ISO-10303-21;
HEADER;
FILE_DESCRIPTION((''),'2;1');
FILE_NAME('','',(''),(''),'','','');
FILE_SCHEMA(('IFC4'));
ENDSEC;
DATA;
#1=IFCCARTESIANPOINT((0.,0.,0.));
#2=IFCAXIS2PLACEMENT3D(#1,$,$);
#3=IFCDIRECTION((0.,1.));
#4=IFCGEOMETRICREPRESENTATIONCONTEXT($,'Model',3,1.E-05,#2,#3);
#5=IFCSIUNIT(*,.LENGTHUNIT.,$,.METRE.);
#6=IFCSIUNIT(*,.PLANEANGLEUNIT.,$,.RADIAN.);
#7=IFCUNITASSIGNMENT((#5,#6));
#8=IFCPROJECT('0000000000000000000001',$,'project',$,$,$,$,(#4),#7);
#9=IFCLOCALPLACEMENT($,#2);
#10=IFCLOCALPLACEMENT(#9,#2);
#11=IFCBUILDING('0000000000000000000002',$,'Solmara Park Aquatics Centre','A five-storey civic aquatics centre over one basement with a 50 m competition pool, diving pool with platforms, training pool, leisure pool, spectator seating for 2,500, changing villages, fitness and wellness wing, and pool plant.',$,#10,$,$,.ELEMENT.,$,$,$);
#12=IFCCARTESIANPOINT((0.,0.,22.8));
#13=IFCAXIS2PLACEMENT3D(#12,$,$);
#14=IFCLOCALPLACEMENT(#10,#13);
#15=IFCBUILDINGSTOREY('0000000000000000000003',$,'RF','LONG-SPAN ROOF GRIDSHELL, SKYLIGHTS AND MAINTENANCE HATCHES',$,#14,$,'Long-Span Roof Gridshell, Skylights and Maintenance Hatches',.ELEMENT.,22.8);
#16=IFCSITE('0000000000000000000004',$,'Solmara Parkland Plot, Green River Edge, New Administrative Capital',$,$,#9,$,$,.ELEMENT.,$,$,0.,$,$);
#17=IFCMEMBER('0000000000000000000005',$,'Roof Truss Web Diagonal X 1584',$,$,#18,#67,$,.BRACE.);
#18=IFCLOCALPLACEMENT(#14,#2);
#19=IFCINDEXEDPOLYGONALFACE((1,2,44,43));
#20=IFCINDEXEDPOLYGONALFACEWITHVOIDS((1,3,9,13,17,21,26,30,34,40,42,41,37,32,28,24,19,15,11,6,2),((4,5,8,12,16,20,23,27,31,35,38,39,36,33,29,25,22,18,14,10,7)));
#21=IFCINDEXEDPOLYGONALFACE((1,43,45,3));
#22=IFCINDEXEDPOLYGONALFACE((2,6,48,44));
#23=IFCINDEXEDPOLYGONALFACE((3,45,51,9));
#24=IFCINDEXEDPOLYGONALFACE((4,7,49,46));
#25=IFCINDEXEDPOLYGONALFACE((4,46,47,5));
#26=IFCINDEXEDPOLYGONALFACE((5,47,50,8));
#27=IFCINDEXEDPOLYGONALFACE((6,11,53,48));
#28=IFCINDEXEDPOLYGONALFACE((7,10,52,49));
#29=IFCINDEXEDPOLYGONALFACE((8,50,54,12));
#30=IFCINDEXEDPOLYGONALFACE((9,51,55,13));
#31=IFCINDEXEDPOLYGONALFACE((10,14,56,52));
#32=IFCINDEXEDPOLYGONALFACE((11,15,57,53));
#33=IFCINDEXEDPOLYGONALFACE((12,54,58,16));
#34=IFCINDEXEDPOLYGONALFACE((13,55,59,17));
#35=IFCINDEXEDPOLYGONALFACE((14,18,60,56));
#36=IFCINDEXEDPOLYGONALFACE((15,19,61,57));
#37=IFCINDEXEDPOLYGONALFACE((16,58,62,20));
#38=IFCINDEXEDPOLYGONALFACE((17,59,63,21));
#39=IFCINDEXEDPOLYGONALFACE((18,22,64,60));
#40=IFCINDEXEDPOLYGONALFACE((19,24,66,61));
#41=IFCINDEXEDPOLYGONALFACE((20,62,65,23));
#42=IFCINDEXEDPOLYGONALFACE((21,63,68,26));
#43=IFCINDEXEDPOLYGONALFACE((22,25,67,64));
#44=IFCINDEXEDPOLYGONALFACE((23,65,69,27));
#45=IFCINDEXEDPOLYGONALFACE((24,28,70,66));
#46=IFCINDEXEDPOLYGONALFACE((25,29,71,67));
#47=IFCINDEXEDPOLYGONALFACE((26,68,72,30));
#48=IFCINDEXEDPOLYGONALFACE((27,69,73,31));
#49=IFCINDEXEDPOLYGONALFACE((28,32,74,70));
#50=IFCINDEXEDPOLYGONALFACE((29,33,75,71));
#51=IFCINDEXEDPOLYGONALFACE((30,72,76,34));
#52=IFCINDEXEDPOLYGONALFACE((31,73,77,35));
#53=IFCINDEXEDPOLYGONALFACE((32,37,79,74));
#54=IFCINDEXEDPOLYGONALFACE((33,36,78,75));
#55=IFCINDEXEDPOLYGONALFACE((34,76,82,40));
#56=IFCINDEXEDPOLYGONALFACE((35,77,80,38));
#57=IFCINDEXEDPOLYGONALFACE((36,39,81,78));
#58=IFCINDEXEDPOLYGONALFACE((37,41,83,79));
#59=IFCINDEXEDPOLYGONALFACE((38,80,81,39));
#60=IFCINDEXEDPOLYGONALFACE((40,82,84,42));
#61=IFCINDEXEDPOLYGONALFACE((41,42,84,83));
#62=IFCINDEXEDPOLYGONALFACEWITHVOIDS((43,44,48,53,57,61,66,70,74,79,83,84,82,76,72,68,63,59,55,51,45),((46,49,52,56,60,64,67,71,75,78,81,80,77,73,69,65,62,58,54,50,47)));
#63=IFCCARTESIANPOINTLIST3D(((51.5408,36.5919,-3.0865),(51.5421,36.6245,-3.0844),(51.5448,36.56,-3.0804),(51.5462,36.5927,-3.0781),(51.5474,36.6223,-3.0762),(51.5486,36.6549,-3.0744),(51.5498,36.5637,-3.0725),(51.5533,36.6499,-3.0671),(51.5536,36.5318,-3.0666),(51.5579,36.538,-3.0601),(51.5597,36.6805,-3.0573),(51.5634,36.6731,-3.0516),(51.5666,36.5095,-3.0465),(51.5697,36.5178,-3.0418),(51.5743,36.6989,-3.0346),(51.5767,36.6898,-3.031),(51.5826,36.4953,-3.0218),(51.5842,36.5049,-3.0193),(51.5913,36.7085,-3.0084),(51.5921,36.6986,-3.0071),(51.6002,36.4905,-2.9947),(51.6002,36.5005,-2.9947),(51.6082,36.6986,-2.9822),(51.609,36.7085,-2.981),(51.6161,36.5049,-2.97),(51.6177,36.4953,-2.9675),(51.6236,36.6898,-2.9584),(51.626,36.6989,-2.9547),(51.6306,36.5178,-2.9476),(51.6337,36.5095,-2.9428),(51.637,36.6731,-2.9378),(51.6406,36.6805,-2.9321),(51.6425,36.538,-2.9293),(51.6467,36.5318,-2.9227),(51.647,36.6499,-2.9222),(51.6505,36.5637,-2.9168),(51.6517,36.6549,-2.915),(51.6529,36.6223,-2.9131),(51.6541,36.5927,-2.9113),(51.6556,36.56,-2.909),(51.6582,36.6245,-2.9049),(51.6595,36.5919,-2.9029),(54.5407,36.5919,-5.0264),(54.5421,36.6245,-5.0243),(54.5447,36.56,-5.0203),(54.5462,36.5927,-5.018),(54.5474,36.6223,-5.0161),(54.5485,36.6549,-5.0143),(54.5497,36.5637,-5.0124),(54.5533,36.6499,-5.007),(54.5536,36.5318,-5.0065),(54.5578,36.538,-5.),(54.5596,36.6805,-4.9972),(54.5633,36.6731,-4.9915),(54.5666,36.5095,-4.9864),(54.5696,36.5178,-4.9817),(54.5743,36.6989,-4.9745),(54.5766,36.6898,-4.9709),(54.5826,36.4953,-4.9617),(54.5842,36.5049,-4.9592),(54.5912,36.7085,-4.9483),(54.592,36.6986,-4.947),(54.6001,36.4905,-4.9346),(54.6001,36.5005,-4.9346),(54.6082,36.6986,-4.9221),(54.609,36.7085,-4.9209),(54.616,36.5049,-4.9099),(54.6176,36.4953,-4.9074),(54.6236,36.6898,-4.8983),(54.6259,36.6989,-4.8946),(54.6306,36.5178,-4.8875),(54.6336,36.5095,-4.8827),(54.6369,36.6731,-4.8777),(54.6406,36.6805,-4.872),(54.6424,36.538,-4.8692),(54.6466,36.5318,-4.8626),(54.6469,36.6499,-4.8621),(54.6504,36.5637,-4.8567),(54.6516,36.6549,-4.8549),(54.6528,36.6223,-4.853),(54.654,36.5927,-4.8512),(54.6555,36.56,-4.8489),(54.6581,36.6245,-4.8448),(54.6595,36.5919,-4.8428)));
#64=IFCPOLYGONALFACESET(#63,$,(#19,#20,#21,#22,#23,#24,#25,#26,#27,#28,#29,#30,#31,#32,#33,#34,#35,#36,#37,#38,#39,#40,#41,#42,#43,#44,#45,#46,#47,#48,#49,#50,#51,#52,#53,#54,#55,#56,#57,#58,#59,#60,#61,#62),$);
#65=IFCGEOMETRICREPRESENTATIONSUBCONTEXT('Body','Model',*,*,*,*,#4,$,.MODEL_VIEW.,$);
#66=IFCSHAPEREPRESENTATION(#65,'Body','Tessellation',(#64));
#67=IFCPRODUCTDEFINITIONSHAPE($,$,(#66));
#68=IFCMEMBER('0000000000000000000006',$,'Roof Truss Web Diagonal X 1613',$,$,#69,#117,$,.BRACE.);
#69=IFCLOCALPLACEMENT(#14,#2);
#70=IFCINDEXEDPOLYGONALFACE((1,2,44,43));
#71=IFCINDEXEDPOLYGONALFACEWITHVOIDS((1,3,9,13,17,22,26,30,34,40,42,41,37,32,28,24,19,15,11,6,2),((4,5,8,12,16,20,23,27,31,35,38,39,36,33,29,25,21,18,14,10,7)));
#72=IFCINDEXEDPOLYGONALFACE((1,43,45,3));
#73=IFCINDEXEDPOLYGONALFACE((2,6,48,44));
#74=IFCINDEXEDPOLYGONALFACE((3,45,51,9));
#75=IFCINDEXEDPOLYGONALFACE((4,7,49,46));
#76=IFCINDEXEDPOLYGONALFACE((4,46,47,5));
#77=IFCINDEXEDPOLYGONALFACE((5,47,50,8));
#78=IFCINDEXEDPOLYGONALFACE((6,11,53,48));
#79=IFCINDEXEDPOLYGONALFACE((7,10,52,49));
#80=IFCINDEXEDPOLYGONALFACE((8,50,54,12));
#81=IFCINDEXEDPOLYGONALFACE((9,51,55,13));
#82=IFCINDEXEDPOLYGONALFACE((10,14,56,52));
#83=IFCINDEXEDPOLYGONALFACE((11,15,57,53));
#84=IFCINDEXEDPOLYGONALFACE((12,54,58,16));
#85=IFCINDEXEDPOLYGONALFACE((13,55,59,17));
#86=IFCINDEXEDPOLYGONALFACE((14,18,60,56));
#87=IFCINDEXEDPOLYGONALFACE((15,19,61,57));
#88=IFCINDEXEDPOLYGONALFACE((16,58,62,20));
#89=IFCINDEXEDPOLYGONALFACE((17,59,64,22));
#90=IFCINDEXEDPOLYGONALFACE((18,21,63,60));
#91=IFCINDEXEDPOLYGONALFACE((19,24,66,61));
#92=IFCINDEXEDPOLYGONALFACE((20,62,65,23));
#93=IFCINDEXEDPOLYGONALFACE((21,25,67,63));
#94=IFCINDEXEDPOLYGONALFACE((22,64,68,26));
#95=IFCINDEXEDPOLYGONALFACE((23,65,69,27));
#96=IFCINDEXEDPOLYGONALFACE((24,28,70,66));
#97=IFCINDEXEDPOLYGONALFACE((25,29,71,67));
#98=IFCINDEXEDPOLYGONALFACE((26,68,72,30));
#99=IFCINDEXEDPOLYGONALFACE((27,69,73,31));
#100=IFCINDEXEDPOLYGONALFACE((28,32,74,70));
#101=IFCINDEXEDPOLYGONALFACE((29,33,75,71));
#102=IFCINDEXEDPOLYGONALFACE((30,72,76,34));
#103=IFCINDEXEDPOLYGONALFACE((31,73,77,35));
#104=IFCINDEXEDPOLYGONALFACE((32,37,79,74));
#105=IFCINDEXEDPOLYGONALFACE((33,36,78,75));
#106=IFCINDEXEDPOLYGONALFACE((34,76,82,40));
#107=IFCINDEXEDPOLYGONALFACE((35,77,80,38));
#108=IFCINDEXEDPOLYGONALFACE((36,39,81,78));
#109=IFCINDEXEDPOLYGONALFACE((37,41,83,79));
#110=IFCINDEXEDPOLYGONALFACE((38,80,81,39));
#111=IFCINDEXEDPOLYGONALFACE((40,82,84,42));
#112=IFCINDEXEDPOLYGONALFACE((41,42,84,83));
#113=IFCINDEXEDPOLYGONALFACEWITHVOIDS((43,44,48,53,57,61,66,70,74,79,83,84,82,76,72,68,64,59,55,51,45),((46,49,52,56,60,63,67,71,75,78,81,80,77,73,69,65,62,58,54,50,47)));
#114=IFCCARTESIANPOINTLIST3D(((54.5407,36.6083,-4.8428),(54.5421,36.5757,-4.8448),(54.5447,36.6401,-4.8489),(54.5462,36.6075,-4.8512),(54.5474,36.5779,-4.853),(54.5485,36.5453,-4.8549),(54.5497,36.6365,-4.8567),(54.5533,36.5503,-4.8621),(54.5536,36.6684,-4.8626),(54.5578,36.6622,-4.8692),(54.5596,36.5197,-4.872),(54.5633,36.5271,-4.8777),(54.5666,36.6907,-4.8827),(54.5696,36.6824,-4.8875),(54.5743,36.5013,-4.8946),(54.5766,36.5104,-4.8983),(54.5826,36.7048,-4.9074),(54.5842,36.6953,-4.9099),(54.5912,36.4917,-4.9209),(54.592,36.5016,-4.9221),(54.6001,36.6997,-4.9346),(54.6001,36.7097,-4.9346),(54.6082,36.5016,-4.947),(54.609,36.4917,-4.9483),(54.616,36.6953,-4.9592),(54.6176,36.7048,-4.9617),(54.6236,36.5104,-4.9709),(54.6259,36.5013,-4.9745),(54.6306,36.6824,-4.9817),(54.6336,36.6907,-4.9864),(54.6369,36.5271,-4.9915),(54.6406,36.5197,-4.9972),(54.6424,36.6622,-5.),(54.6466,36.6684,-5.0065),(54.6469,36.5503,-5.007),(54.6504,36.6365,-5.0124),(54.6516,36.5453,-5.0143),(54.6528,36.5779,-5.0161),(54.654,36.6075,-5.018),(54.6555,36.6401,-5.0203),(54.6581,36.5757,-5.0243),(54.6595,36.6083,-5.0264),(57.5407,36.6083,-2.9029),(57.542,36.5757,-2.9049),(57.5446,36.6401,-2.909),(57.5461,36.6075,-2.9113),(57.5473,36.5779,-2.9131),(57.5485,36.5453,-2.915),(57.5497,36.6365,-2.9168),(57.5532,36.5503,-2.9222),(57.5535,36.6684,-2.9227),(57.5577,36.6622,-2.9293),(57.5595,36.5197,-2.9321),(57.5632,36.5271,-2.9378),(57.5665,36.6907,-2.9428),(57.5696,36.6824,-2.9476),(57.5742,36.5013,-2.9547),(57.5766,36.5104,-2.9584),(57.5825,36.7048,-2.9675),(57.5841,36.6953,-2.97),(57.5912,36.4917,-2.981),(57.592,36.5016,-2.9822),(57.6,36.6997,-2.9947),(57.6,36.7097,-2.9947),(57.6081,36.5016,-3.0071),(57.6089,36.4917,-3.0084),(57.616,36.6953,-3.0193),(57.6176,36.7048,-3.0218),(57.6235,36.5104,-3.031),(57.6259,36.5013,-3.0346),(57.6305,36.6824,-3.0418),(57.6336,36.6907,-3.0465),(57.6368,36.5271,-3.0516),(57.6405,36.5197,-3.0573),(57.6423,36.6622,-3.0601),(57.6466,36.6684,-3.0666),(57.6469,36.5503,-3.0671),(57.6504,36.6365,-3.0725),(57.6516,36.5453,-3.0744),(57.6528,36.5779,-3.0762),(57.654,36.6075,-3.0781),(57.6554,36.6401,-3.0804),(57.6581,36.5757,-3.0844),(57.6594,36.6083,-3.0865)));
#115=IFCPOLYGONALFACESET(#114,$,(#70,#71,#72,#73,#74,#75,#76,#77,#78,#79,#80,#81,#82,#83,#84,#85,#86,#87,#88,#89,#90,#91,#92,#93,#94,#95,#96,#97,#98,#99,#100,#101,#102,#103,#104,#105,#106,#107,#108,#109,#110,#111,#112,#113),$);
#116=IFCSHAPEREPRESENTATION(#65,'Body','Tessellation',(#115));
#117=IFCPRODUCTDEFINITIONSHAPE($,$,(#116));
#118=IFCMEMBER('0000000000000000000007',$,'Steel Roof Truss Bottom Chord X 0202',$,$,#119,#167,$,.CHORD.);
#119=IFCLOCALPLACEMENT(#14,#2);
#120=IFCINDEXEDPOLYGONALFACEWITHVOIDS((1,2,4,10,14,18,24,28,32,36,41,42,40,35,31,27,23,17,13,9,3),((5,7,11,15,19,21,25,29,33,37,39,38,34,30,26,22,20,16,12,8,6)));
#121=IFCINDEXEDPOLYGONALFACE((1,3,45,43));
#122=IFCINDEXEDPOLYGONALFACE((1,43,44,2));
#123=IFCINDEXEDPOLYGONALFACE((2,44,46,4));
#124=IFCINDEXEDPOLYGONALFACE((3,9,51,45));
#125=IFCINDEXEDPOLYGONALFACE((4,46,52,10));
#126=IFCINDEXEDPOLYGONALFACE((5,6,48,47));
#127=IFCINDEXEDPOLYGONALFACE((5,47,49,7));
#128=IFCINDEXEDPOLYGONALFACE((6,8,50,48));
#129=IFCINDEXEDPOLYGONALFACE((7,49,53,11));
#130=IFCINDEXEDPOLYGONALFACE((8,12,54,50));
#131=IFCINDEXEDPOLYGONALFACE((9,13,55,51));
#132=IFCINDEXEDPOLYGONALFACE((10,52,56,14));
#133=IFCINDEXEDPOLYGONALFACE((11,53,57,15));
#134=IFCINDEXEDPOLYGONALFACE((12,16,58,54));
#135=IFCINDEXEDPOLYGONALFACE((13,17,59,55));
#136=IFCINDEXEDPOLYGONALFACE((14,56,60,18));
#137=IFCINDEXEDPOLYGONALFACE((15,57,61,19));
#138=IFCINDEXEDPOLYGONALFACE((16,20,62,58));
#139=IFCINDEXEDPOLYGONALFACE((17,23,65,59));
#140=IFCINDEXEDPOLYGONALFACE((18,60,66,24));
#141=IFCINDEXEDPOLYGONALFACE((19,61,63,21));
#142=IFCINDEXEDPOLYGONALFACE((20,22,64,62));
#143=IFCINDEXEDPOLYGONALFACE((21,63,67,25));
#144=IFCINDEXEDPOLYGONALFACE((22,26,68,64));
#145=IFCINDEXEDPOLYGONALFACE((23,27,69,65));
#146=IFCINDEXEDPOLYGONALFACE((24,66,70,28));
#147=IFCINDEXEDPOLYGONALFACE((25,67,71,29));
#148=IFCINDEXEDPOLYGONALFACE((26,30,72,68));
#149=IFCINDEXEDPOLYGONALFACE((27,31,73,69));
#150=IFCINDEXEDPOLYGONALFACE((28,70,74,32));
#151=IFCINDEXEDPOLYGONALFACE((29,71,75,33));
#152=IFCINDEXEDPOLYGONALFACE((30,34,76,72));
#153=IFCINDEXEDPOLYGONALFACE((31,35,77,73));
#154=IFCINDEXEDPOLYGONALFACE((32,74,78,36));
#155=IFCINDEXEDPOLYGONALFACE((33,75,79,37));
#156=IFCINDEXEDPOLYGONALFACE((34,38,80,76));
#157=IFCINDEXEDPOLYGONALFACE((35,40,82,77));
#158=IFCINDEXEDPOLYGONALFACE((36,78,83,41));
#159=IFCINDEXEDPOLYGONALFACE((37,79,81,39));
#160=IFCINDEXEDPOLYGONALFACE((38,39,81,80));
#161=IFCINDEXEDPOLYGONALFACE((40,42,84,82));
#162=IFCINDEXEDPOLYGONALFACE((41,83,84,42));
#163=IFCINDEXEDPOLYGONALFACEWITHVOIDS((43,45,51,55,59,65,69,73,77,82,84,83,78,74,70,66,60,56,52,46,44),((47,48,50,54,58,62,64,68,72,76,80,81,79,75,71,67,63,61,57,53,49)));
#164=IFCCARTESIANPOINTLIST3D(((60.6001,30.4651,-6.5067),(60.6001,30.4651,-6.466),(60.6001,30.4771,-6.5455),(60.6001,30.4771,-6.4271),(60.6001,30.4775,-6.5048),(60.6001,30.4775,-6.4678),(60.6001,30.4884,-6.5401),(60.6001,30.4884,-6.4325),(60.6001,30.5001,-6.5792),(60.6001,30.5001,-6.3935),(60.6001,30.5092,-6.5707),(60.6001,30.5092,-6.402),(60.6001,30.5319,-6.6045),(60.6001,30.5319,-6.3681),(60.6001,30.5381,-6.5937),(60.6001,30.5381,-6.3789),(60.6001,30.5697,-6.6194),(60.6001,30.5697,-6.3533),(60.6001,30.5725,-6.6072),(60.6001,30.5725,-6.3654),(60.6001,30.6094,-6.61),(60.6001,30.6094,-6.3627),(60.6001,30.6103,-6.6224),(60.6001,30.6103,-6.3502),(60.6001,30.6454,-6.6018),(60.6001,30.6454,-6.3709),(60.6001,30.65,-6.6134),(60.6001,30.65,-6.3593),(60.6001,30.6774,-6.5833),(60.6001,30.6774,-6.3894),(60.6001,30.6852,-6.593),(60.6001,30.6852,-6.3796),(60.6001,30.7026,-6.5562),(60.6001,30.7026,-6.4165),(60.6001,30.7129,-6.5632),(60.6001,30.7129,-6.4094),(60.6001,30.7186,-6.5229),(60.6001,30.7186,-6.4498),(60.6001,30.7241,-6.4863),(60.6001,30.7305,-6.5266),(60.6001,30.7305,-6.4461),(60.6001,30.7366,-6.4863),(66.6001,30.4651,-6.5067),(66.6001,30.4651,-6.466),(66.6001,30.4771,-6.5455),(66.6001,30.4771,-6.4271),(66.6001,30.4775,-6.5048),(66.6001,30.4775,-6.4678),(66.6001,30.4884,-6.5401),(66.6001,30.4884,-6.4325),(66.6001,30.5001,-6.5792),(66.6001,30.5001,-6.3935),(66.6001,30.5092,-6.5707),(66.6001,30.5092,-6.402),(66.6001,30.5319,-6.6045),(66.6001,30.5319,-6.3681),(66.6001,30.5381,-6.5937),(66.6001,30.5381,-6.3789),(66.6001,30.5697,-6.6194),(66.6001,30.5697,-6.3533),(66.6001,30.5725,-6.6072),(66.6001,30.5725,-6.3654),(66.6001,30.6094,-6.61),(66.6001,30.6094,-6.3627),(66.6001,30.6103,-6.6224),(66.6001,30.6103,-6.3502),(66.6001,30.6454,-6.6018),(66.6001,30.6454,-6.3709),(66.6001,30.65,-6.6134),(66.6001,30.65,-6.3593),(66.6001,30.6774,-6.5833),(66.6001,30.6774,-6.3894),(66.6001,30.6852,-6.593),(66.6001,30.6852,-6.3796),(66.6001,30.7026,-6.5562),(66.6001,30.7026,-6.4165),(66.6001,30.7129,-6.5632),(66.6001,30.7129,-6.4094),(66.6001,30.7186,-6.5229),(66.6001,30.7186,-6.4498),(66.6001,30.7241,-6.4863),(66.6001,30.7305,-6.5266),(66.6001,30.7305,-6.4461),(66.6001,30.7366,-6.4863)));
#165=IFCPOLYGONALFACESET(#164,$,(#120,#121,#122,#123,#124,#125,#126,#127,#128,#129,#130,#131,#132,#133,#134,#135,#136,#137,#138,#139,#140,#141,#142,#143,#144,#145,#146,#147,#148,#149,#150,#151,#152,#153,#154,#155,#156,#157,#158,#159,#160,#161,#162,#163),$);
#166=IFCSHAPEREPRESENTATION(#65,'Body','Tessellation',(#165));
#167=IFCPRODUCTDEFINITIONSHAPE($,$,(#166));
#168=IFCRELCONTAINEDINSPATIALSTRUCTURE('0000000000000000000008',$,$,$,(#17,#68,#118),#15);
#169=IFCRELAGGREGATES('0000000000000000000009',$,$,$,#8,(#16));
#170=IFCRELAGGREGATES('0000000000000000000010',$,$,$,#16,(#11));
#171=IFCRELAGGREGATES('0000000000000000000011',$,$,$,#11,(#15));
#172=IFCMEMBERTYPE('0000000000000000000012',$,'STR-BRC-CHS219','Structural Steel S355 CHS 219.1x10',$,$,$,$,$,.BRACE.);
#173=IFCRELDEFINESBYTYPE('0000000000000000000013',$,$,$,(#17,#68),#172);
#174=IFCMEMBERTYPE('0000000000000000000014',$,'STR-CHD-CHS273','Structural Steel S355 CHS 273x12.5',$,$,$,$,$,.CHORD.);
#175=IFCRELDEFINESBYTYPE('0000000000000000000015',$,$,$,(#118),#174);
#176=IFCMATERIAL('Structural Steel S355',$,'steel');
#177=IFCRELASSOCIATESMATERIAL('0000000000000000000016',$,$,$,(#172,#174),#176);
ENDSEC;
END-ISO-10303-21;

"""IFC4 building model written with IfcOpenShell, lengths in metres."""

from ifc_helpers import new_model, si_unit, direction, frame, origin, origin_2d, place, context, subcontext, project, spatial, hollow_circle, extrude, material, material_profile, profile_set, type_object, element, save


model = new_model("IFC4")

# Units and contexts
model_context = context("Model", 3, precision=1e-05, world=origin(), true_north=direction((0.0, 1.0)))
body_context = subcontext(model_context, "Body", "Model", "MODEL_VIEW")
ifc_project = project(units=[si_unit("LENGTHUNIT", "METRE"), si_unit("PLANEANGLEUNIT", "RADIAN")], contexts=[model_context])

# Site, building, storey
site_placement = place(None, origin())
site = spatial("IfcSite", under=ifc_project, at=site_placement, Name="Solmara Parkland Plot, Green River Edge, New Administrative Capital", CompositionType="ELEMENT", RefElevation=0.0)
building_placement = place(site_placement, origin())
building = spatial("IfcBuilding", under=site, at=building_placement, Name="Solmara Park Aquatics Centre", Description="A five-storey civic aquatics centre over one basement with a 50 m competition pool, diving pool with platforms, training pool, leisure pool, spectator seating for 2,500, changing villages, fitness and wellness wing, and pool plant.", CompositionType="ELEMENT")
storey_placement = place(building_placement, frame((0.0, 0.0, 22.8)))
storey = spatial("IfcBuildingStorey", under=building, at=storey_placement, Name="RF", Description="LONG-SPAN ROOF GRIDSHELL, SKYLIGHTS AND MAINTENANCE HATCHES", LongName="Long-Span Roof Gridshell, Skylights and Maintenance Hatches", CompositionType="ELEMENT", Elevation=22.8)

# Members
ifc_material_1 = material(Name="Structural Steel S355", Category="steel")
ifc_material_profile_1 = material_profile(ifc_material_1, hollow_circle(Radius=0.1096, WallThickness=0.01, at=origin_2d()), Name="CHS 219.1x10")
ifc_profile_set_1 = profile_set([ifc_material_profile_1], Name="Structural Steel S355")
member_type_1 = type_object("IfcMemberType", Name="STR-BRC-CHS219", Description="Structural Steel S355 CHS 219.1x10", PredefinedType="BRACE", material=ifc_profile_set_1)
for number, where, z_axis, x_axis, name in (
    (1, (54.6001, 36.6001, -4.9346), (-0.839728, 0.0, 0.543008), (0.0, -1.0, 0.0), "Roof Truss Web Diagonal X 1584"),
    (2, (54.6001, 36.6001, -4.9346), (0.839728, 0.0, 0.543008), (0.0, 1.0, 0.0), "Roof Truss Web Diagonal X 1613"),
):
    element("IfcMember", number, at=place(storey_placement, frame(where, z_axis=z_axis, x_axis=x_axis)), inside=storey, type_object=member_type_1, Name=name, PredefinedType="BRACE", context=body_context, shape_type="SweptSolid", body=[
        extrude(hollow_circle(Radius=0.1096, WallThickness=0.01, at=origin_2d()), origin(), (0.0, 0.0, 1.0), 3.5725),
    ])
ifc_material_profile_2 = material_profile(ifc_material_1, hollow_circle(Radius=0.1365, WallThickness=0.0125, at=origin_2d()), Name="CHS 273x12.5")
ifc_profile_set_2 = profile_set([ifc_material_profile_2], Name="Structural Steel S355")
member_type_2 = type_object("IfcMemberType", Name="STR-CHD-CHS273", Description="Structural Steel S355 CHS 273x12.5", PredefinedType="CHORD", material=ifc_profile_set_2)
member_1_placement = place(storey_placement, frame((60.6001, 30.6001, -6.4863), z_axis=(1.0, 0.0, 0.0), x_axis=(0.0, 1.0, 0.0)))
element("IfcMember", 3, at=member_1_placement, inside=storey, type_object=member_type_2, Name="Steel Roof Truss Bottom Chord X 0202", PredefinedType="CHORD", context=body_context, shape_type="SweptSolid", body=[
    extrude(hollow_circle(Radius=0.1365, WallThickness=0.0125, at=origin_2d()), origin(), (0.0, 0.0, 1.0), 6.0),
])

save(model, "model.ifc")
